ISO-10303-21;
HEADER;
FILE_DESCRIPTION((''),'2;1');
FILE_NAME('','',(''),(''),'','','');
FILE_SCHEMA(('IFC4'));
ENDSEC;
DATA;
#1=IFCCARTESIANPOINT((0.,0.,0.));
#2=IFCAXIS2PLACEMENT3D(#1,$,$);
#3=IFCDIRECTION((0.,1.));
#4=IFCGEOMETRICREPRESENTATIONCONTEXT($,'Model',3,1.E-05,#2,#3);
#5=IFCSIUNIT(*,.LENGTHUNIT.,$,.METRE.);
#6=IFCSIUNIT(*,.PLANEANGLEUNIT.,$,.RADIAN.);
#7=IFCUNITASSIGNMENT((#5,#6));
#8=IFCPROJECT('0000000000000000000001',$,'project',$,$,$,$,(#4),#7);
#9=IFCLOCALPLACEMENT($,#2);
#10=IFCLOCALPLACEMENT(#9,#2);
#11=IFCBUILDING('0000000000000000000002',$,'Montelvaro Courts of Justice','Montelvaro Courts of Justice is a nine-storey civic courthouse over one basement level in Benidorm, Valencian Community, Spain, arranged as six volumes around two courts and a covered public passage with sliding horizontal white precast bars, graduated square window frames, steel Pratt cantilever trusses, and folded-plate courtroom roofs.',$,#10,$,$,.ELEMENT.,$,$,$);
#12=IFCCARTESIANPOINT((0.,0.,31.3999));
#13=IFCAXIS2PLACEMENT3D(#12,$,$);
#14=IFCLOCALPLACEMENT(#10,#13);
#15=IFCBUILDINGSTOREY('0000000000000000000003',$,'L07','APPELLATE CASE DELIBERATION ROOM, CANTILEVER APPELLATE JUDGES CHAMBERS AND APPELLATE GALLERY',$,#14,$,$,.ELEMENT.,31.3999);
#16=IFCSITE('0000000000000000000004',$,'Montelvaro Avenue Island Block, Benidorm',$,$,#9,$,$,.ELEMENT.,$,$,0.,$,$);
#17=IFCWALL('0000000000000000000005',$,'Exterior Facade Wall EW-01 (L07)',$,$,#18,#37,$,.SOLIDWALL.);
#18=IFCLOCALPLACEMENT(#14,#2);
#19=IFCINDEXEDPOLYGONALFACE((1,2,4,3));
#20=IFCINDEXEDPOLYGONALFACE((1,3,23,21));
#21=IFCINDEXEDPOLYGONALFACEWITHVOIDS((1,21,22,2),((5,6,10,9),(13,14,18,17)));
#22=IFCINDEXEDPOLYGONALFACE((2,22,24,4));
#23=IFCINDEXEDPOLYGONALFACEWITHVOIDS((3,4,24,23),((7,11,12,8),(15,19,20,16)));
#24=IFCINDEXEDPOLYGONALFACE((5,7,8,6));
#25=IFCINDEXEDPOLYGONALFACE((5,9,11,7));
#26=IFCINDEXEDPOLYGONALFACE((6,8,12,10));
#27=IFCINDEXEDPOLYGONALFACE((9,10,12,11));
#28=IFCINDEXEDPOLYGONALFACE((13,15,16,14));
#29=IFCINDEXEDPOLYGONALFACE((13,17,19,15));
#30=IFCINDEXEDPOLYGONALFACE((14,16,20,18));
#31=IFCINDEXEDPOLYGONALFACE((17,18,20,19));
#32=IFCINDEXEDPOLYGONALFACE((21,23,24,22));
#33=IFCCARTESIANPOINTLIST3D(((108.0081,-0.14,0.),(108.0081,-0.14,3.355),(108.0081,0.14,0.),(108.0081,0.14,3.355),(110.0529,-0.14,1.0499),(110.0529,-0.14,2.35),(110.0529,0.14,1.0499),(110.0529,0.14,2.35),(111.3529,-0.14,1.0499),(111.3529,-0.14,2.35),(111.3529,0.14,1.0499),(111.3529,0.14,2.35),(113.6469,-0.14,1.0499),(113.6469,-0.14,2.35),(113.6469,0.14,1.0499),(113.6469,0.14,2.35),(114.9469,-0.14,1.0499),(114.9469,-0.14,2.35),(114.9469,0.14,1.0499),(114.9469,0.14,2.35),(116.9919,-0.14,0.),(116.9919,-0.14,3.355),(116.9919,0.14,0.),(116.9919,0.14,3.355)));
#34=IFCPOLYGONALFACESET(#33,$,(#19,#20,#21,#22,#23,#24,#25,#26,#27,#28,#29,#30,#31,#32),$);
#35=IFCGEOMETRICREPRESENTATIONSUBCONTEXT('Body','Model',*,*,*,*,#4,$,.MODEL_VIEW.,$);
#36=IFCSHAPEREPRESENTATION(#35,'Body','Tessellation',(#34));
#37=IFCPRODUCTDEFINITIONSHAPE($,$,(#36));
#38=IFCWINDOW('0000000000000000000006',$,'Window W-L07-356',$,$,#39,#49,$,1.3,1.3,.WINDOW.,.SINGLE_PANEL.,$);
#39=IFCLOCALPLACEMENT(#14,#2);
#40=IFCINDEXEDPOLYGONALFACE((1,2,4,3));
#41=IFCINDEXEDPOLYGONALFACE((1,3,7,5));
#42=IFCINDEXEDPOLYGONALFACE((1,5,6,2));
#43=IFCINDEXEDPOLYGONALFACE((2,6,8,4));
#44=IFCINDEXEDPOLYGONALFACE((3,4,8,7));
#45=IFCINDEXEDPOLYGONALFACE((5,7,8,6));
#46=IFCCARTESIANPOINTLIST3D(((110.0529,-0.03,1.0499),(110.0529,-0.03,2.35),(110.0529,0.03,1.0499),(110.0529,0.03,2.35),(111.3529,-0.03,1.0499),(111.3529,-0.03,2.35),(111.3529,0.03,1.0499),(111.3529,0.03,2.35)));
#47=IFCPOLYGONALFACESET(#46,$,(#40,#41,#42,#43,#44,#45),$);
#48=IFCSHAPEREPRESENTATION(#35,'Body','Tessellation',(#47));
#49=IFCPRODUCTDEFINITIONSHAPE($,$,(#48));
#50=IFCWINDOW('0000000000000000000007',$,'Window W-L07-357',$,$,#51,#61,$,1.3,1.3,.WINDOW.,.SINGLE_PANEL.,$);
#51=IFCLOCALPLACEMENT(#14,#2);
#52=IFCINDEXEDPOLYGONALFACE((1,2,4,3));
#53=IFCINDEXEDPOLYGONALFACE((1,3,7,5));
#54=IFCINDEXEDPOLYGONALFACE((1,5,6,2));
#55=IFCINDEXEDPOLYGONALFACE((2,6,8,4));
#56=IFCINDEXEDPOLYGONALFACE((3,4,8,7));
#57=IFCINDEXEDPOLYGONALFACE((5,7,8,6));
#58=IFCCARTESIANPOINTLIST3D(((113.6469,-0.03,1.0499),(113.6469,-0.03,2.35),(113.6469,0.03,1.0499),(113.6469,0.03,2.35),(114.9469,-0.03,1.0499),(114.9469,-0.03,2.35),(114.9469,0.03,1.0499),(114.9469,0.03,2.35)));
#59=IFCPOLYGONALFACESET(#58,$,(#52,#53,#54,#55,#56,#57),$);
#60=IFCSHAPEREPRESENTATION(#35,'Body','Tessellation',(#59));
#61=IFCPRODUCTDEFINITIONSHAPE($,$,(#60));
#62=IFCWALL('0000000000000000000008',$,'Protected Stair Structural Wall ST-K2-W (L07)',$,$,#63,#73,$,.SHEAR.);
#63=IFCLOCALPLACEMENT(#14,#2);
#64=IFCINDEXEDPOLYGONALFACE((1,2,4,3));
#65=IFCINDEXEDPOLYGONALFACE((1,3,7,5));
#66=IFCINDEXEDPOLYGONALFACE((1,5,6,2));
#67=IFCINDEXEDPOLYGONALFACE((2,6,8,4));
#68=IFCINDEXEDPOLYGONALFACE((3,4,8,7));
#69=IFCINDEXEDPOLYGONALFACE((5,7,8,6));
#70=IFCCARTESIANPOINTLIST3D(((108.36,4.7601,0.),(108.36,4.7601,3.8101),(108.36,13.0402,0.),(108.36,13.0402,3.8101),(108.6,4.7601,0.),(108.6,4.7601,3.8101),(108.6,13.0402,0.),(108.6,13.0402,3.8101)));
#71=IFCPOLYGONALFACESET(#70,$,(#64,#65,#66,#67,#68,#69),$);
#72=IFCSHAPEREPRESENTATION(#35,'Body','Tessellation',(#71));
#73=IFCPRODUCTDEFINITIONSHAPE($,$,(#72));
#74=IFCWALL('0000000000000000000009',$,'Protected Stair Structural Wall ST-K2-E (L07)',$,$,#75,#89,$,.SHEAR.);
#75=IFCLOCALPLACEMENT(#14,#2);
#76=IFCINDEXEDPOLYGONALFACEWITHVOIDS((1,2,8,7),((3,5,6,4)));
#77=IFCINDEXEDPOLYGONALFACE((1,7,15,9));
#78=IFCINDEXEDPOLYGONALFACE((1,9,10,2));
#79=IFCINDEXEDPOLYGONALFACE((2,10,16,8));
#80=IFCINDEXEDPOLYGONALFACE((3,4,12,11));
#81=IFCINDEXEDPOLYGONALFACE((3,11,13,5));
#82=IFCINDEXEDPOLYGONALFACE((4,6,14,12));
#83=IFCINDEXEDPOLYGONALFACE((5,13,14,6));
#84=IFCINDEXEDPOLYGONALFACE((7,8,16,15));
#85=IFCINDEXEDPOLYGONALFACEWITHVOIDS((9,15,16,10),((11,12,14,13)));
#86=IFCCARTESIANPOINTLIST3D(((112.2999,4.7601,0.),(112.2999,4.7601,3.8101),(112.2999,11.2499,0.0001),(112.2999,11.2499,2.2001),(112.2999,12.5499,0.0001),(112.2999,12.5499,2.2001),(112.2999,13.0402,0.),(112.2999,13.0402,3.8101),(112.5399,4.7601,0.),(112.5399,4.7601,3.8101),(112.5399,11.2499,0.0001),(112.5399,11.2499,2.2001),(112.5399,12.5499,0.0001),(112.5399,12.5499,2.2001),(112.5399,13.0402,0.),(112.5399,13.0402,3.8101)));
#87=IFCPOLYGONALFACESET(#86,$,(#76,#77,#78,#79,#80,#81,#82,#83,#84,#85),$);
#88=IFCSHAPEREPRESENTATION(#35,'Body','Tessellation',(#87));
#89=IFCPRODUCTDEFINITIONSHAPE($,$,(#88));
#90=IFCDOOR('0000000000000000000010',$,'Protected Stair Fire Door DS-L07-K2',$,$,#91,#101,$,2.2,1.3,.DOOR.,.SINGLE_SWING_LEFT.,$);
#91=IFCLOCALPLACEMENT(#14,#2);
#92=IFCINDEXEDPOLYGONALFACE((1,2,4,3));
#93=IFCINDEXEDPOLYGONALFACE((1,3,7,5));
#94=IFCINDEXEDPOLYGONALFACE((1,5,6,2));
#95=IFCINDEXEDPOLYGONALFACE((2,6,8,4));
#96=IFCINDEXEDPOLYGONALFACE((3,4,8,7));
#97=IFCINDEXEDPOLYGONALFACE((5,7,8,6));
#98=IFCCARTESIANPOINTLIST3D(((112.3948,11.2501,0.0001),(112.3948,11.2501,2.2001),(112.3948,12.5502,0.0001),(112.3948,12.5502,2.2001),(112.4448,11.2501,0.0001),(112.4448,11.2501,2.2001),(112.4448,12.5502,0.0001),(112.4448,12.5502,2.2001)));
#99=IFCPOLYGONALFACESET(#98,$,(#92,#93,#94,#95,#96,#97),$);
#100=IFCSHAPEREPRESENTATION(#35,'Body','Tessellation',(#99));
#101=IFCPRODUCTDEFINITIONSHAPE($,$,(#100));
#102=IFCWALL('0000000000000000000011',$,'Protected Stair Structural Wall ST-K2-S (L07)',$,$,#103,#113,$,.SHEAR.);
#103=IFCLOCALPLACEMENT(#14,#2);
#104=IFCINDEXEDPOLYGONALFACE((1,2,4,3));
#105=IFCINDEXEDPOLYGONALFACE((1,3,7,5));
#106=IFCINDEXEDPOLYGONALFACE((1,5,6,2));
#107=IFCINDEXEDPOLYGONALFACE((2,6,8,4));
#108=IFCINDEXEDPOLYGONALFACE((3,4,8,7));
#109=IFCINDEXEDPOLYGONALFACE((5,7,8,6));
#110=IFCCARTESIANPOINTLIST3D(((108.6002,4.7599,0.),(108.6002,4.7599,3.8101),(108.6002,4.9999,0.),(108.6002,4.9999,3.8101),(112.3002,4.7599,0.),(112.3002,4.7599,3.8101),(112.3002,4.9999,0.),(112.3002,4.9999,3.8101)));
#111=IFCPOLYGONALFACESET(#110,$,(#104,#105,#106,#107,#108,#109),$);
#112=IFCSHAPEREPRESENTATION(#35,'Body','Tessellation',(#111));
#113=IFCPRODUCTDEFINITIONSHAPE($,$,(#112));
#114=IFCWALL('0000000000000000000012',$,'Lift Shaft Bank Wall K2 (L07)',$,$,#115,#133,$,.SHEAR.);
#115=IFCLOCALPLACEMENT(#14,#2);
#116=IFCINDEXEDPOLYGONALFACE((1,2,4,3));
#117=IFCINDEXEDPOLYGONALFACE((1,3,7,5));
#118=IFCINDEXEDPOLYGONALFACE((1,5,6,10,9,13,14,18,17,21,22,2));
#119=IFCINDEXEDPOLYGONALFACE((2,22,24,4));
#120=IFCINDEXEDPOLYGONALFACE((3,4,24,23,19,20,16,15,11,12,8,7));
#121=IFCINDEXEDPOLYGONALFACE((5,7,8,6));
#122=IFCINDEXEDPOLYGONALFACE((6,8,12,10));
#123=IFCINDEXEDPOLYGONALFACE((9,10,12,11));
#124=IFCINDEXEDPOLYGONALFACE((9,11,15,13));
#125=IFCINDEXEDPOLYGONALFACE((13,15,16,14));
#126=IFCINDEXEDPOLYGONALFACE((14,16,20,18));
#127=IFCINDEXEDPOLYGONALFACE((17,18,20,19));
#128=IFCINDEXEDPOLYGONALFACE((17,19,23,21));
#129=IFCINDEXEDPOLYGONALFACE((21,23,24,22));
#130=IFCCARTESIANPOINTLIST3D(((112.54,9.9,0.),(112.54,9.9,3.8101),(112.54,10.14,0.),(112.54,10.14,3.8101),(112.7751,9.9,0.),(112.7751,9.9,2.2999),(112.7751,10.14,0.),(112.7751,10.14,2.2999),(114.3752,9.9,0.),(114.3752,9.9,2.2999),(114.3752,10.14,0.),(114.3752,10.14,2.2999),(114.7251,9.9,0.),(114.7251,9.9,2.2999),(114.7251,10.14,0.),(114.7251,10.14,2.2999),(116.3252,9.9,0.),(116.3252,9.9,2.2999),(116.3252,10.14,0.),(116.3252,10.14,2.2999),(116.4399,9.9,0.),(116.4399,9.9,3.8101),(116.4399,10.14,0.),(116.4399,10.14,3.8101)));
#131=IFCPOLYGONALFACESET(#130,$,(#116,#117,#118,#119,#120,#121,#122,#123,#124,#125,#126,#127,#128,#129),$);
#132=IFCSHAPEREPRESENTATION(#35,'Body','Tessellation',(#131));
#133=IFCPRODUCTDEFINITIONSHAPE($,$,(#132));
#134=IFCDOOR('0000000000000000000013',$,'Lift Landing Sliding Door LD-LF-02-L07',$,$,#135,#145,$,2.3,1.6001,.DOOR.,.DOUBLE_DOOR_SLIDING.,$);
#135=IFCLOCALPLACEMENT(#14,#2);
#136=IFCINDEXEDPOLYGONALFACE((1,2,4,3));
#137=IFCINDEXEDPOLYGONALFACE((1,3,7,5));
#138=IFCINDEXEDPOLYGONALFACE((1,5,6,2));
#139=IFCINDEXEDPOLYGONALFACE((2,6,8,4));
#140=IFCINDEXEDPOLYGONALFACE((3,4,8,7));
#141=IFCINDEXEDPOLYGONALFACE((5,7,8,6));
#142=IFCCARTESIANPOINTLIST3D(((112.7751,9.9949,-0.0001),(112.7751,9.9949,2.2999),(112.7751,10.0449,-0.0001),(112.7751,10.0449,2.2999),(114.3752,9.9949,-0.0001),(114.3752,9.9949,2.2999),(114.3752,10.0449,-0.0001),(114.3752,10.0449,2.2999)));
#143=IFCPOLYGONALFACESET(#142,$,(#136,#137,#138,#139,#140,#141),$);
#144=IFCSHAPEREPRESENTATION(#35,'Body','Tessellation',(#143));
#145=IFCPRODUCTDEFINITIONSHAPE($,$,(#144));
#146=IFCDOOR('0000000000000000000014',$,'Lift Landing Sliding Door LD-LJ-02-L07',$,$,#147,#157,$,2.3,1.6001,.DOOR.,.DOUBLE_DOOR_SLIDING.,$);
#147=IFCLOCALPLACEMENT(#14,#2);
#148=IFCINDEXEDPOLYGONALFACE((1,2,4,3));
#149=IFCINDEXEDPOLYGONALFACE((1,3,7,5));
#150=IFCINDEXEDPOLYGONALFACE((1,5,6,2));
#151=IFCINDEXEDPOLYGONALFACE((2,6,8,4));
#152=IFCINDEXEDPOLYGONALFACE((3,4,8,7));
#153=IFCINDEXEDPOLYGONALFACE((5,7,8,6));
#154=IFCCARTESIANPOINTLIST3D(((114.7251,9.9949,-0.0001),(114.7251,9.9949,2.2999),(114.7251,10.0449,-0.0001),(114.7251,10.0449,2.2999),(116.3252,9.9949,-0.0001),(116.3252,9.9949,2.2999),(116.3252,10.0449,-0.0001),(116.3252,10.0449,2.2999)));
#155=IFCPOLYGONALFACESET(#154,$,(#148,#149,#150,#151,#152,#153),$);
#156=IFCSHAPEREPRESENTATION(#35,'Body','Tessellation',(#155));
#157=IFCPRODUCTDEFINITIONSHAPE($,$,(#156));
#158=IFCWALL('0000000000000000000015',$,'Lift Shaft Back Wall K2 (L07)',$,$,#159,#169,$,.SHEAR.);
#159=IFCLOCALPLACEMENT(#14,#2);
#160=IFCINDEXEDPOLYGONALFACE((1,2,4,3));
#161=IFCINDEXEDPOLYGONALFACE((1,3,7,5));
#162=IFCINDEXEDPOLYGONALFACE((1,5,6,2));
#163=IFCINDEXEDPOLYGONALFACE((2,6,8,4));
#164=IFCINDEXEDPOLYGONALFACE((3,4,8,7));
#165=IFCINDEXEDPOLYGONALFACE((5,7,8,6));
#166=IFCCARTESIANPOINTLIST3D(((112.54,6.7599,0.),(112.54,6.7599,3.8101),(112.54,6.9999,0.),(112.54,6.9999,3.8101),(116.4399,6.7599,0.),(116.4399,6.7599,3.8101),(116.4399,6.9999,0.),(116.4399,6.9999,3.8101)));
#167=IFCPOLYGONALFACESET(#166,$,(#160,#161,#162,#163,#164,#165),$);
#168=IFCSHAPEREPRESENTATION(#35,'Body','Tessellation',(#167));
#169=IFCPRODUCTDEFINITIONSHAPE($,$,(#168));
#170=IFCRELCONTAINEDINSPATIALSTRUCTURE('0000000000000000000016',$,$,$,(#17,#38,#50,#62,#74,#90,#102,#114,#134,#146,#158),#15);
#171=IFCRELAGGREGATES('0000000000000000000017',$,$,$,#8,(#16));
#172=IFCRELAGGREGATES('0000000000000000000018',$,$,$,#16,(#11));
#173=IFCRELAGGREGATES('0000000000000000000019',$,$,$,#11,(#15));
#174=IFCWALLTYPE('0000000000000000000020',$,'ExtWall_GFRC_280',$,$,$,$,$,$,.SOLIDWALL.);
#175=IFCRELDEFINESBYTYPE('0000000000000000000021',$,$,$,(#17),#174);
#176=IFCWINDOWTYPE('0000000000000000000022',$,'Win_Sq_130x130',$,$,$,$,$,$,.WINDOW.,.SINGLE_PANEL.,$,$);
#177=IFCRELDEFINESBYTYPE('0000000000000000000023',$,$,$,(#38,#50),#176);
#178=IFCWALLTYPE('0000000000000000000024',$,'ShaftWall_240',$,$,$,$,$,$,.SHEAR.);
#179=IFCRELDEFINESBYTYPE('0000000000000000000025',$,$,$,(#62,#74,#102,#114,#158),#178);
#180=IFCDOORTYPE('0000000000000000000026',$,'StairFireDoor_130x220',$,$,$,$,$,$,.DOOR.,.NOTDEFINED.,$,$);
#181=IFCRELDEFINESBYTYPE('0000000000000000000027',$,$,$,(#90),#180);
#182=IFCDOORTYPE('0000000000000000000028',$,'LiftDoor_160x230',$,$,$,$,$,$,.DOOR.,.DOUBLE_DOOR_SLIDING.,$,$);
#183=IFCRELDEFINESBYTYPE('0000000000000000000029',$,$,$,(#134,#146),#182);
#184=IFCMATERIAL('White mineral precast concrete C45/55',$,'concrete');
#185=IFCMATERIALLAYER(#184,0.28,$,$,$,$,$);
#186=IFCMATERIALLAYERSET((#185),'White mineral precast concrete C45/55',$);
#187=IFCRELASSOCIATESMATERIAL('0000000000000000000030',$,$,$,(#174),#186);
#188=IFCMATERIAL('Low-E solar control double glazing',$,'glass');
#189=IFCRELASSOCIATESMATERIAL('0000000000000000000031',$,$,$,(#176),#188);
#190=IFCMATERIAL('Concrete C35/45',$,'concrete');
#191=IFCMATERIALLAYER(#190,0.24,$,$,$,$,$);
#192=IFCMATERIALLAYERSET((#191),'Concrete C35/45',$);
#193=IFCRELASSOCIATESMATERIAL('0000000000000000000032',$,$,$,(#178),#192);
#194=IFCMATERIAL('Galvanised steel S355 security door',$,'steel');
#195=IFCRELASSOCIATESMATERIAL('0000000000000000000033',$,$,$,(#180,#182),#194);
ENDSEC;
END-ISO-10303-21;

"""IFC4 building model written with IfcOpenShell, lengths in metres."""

from ifc_helpers import new_model, si_unit, direction, frame, frame_2d, origin, place, context, subcontext, project, spatial, rectangle, extrude, material, layer, layer_set, type_object, element, fill, save


model = new_model("IFC4")

# Units and contexts
model_context = context("Model", 3, precision=1e-05, world=origin(), true_north=direction((0.0, 1.0)))
body_context = subcontext(model_context, "Body", "Model", "MODEL_VIEW")
ifc_project = project(units=[si_unit("LENGTHUNIT", "METRE"), si_unit("PLANEANGLEUNIT", "RADIAN")], contexts=[model_context])

# Site, building, storey
site_placement = place(None, origin())
site = spatial("IfcSite", under=ifc_project, at=site_placement, Name="Montelvaro Avenue Island Block, Benidorm", CompositionType="ELEMENT", RefElevation=0.0)
building_placement = place(site_placement, origin())
building = spatial("IfcBuilding", under=site, at=building_placement, Name="Montelvaro Courts of Justice", Description="Montelvaro Courts of Justice is a nine-storey civic courthouse over one basement level in Benidorm, Valencian Community, Spain, arranged as six volumes around two courts and a covered public passage with sliding horizontal white precast bars, graduated square window frames, steel Pratt cantilever trusses, and folded-plate courtroom roofs.", CompositionType="ELEMENT")
storey_placement = place(building_placement, frame((0.0, 0.0, 31.3999)))
storey = spatial("IfcBuildingStorey", under=building, at=storey_placement, Name="L07", Description="APPELLATE CASE DELIBERATION ROOM, CANTILEVER APPELLATE JUDGES CHAMBERS AND APPELLATE GALLERY", CompositionType="ELEMENT", Elevation=31.3999)

# Shared definitions
ifc_material_1 = material(Name="White mineral precast concrete C45/55", Category="concrete")

# Wall, openings, windows
ifc_layer_1 = layer(ifc_material_1, 0.28)
ifc_layer_set_1 = layer_set([ifc_layer_1], Name="White mineral precast concrete C45/55")
wall_type_1 = type_object("IfcWallType", Name="ExtWall_GFRC_280", PredefinedType="SOLIDWALL", material=ifc_layer_set_1)
wall_1_placement = place(storey_placement, frame((108.0081, 0.0, 0.0), z_axis=(0.0, 0.0, 1.0), x_axis=(1.0, 0.0, 0.0)))
wall_1 = element("IfcWall", 1, at=wall_1_placement, inside=storey, type_object=wall_type_1, Name="Exterior Facade Wall EW-01 (L07)", PredefinedType="SOLIDWALL", context=body_context, shape_type="SweptSolid", body=[
    extrude(rectangle(XDim=8.9839, YDim=0.28, at=frame_2d((4.4919, 0.0))), origin(), (0.0, 0.0, 1.0), 3.355),
])
opening_1_placement = place(wall_1_placement, frame((2.0449, 0.0, 1.05)))
opening_1 = element("IfcOpeningElement", 2, at=opening_1_placement, cuts=wall_1, PredefinedType="OPENING", context=body_context, shape_type="SweptSolid", body=[
    extrude(rectangle(XDim=1.3, YDim=1.3, at=frame_2d((0.6499, 0.6499))), frame((0.0, 0.1548, 0.0), z_axis=(0.0, -1.0, 0.0), x_axis=(1.0, 0.0, 0.0)), (0.0, 0.0, 1.0), 0.3098),
])
opening_2_placement = place(wall_1_placement, frame((5.6389, 0.0, 1.05)))
opening_2 = element("IfcOpeningElement", 3, at=opening_2_placement, cuts=wall_1, PredefinedType="OPENING", context=body_context, shape_type="SweptSolid", body=[
    extrude(rectangle(XDim=1.3, YDim=1.3, at=frame_2d((0.6499, 0.6499))), frame((0.0, 0.1548, 0.0), z_axis=(0.0, -1.0, 0.0), x_axis=(1.0, 0.0, 0.0)), (0.0, 0.0, 1.0), 0.3098),
])
ifc_material_2 = material(Name="Low-E solar control double glazing", Category="glass")
window_type = type_object("IfcWindowType", Name="Win_Sq_130x130", PartitioningType="SINGLE_PANEL", PredefinedType="WINDOW", material=ifc_material_2)
window_1_placement = place(opening_1_placement, origin())
window_1 = element("IfcWindow", 4, at=window_1_placement, inside=storey, type_object=window_type, Name="Window W-L07-356", OverallHeight=1.3, OverallWidth=1.3, PartitioningType="SINGLE_PANEL", PredefinedType="WINDOW", context=body_context, shape_type="SweptSolid", body=[
    extrude(rectangle(XDim=1.3, YDim=1.3, at=frame_2d((0.6499, 0.6499))), frame((0.0, 0.03, 0.0), z_axis=(0.0, -1.0, 0.0), x_axis=(1.0, 0.0, 0.0)), (0.0, 0.0, 1.0), 0.0601),
])
fill(opening_1, window_1)
window_2_placement = place(opening_2_placement, origin())
window_2 = element("IfcWindow", 5, at=window_2_placement, inside=storey, type_object=window_type, Name="Window W-L07-357", OverallHeight=1.3, OverallWidth=1.3, PartitioningType="SINGLE_PANEL", PredefinedType="WINDOW", context=body_context, shape_type="SweptSolid", body=[
    extrude(rectangle(XDim=1.3, YDim=1.3, at=frame_2d((0.6499, 0.6499))), frame((0.0, 0.03, 0.0), z_axis=(0.0, -1.0, 0.0), x_axis=(1.0, 0.0, 0.0)), (0.0, 0.0, 1.0), 0.0601),
])
fill(opening_2, window_2)

# Wall
ifc_material_3 = material(Name="Concrete C35/45", Category="concrete")
ifc_layer_2 = layer(ifc_material_3, 0.24)
ifc_layer_set_2 = layer_set([ifc_layer_2], Name="Concrete C35/45")
wall_type_2 = type_object("IfcWallType", Name="ShaftWall_240", PredefinedType="SHEAR", material=ifc_layer_set_2)
wall_2_placement = place(storey_placement, frame((108.48, 4.76, 0.0), z_axis=(0.0, 0.0, 1.0), x_axis=(0.0, 1.0, 0.0)))
element("IfcWall", 6, at=wall_2_placement, inside=storey, type_object=wall_type_2, Name="Protected Stair Structural Wall ST-K2-W (L07)", PredefinedType="SHEAR", context=body_context, shape_type="SweptSolid", body=[
    extrude(rectangle(XDim=8.28, YDim=0.24, at=frame_2d((4.1401, 0.0))), origin(), (0.0, 0.0, 1.0), 3.8101),
])

# Wall, opening, door
wall_3_placement = place(storey_placement, frame((112.4199, 4.76, 0.0), z_axis=(0.0, 0.0, 1.0), x_axis=(0.0, 1.0, 0.0)))
wall_3 = element("IfcWall", 7, at=wall_3_placement, inside=storey, type_object=wall_type_2, Name="Protected Stair Structural Wall ST-K2-E (L07)", PredefinedType="SHEAR", context=body_context, shape_type="SweptSolid", body=[
    extrude(rectangle(XDim=8.28, YDim=0.24, at=frame_2d((4.1401, 0.0))), origin(), (0.0, 0.0, 1.0), 3.8101),
])
opening_3_placement = place(wall_3_placement, frame((6.49, 0.0, 0.0)))
opening_3 = element("IfcOpeningElement", 8, at=opening_3_placement, cuts=wall_3, PredefinedType="OPENING", context=body_context, shape_type="SweptSolid", body=[
    extrude(rectangle(XDim=1.3, YDim=2.2, at=frame_2d((0.6499, 1.1001))), frame((0.0, 0.1348, 0.0), z_axis=(0.0, -1.0, 0.0), x_axis=(1.0, 0.0, 0.0)), (0.0, 0.0, 1.0), 0.2698),
])
ifc_material_4 = material(Name="Galvanised steel S355 security door", Category="steel")
door_type_1 = type_object("IfcDoorType", Name="StairFireDoor_130x220", OperationType="NOTDEFINED", PredefinedType="DOOR", material=ifc_material_4)
door_1_placement = place(opening_3_placement, frame((1.3, 0.0, 0.0), z_axis=(0.0, 0.0, 1.0), x_axis=(-1.0, 0.0, 0.0)))
door_1 = element("IfcDoor", 9, at=door_1_placement, inside=storey, type_object=door_type_1, Name="Protected Stair Fire Door DS-L07-K2", OperationType="SINGLE_SWING_LEFT", OverallHeight=2.2, OverallWidth=1.3, PredefinedType="DOOR", context=body_context, shape_type="SweptSolid", body=[
    extrude(rectangle(XDim=1.3, YDim=2.2, at=frame_2d((0.6499, 1.1001))), frame((0.0, 0.0249, 0.0), z_axis=(0.0, -1.0, 0.0), x_axis=(1.0, 0.0, 0.0)), (0.0, 0.0, 1.0), 0.05),
])
fill(opening_3, door_1)

# Wall
wall_4_placement = place(storey_placement, frame((108.6001, 4.8799, 0.0), z_axis=(0.0, 0.0, 1.0), x_axis=(1.0, 0.0, 0.0)))
element("IfcWall", 10, at=wall_4_placement, inside=storey, type_object=wall_type_2, Name="Protected Stair Structural Wall ST-K2-S (L07)", PredefinedType="SHEAR", context=body_context, shape_type="SweptSolid", body=[
    extrude(rectangle(XDim=3.7, YDim=0.24, at=frame_2d((1.8501, 0.0))), origin(), (0.0, 0.0, 1.0), 3.8101),
])

# Wall, openings, doors
wall_5_placement = place(storey_placement, frame((112.54, 10.02, 0.0), z_axis=(0.0, 0.0, 1.0), x_axis=(1.0, 0.0, 0.0)))
wall_5 = element("IfcWall", 11, at=wall_5_placement, inside=storey, type_object=wall_type_2, Name="Lift Shaft Bank Wall K2 (L07)", PredefinedType="SHEAR", context=body_context, shape_type="SweptSolid", body=[
    extrude(rectangle(XDim=3.8999, YDim=0.24, at=frame_2d((1.95, 0.0))), origin(), (0.0, 0.0, 1.0), 3.8101),
])
opening_4_placement = place(wall_5_placement, frame((0.2351, 0.0, 0.0)))
opening_4 = element("IfcOpeningElement", 12, at=opening_4_placement, cuts=wall_5, PredefinedType="OPENING", context=body_context, shape_type="SweptSolid", body=[
    extrude(rectangle(XDim=1.6001, YDim=2.3, at=frame_2d((0.8, 1.1499))), frame((0.0, 0.1348, 0.0), z_axis=(0.0, -1.0, 0.0), x_axis=(1.0, 0.0, 0.0)), (0.0, 0.0, 1.0), 0.2698),
])
opening_5_placement = place(wall_5_placement, frame((2.1851, 0.0, 0.0)))
opening_5 = element("IfcOpeningElement", 13, at=opening_5_placement, cuts=wall_5, PredefinedType="OPENING", context=body_context, shape_type="SweptSolid", body=[
    extrude(rectangle(XDim=1.6001, YDim=2.3, at=frame_2d((0.8, 1.1499))), frame((0.0, 0.1348, 0.0), z_axis=(0.0, -1.0, 0.0), x_axis=(1.0, 0.0, 0.0)), (0.0, 0.0, 1.0), 0.2698),
])
door_type_2 = type_object("IfcDoorType", Name="LiftDoor_160x230", OperationType="DOUBLE_DOOR_SLIDING", PredefinedType="DOOR", material=ifc_material_4)
door_2_placement = place(opening_4_placement, origin())
door_2 = element("IfcDoor", 14, at=door_2_placement, inside=storey, type_object=door_type_2, Name="Lift Landing Sliding Door LD-LF-02-L07", OperationType="DOUBLE_DOOR_SLIDING", OverallHeight=2.3, OverallWidth=1.6001, PredefinedType="DOOR", context=body_context, shape_type="SweptSolid", body=[
    extrude(rectangle(XDim=1.6001, YDim=2.3, at=frame_2d((0.8, 1.1499))), frame((0.0, 0.0249, 0.0), z_axis=(0.0, -1.0, 0.0), x_axis=(1.0, 0.0, 0.0)), (0.0, 0.0, 1.0), 0.05),
])
fill(opening_4, door_2)
door_3_placement = place(opening_5_placement, origin())
door_3 = element("IfcDoor", 15, at=door_3_placement, inside=storey, type_object=door_type_2, Name="Lift Landing Sliding Door LD-LJ-02-L07", OperationType="DOUBLE_DOOR_SLIDING", OverallHeight=2.3, OverallWidth=1.6001, PredefinedType="DOOR", context=body_context, shape_type="SweptSolid", body=[
    extrude(rectangle(XDim=1.6001, YDim=2.3, at=frame_2d((0.8, 1.1499))), frame((0.0, 0.0249, 0.0), z_axis=(0.0, -1.0, 0.0), x_axis=(1.0, 0.0, 0.0)), (0.0, 0.0, 1.0), 0.05),
])
fill(opening_5, door_3)

# Wall
wall_6_placement = place(storey_placement, frame((112.54, 6.8799, 0.0), z_axis=(0.0, 0.0, 1.0), x_axis=(1.0, 0.0, 0.0)))
element("IfcWall", 16, at=wall_6_placement, inside=storey, type_object=wall_type_2, Name="Lift Shaft Back Wall K2 (L07)", PredefinedType="SHEAR", context=body_context, shape_type="SweptSolid", body=[
    extrude(rectangle(XDim=3.8999, YDim=0.24, at=frame_2d((1.95, 0.0))), origin(), (0.0, 0.0, 1.0), 3.8101),
])

save(model, "model.ifc")
